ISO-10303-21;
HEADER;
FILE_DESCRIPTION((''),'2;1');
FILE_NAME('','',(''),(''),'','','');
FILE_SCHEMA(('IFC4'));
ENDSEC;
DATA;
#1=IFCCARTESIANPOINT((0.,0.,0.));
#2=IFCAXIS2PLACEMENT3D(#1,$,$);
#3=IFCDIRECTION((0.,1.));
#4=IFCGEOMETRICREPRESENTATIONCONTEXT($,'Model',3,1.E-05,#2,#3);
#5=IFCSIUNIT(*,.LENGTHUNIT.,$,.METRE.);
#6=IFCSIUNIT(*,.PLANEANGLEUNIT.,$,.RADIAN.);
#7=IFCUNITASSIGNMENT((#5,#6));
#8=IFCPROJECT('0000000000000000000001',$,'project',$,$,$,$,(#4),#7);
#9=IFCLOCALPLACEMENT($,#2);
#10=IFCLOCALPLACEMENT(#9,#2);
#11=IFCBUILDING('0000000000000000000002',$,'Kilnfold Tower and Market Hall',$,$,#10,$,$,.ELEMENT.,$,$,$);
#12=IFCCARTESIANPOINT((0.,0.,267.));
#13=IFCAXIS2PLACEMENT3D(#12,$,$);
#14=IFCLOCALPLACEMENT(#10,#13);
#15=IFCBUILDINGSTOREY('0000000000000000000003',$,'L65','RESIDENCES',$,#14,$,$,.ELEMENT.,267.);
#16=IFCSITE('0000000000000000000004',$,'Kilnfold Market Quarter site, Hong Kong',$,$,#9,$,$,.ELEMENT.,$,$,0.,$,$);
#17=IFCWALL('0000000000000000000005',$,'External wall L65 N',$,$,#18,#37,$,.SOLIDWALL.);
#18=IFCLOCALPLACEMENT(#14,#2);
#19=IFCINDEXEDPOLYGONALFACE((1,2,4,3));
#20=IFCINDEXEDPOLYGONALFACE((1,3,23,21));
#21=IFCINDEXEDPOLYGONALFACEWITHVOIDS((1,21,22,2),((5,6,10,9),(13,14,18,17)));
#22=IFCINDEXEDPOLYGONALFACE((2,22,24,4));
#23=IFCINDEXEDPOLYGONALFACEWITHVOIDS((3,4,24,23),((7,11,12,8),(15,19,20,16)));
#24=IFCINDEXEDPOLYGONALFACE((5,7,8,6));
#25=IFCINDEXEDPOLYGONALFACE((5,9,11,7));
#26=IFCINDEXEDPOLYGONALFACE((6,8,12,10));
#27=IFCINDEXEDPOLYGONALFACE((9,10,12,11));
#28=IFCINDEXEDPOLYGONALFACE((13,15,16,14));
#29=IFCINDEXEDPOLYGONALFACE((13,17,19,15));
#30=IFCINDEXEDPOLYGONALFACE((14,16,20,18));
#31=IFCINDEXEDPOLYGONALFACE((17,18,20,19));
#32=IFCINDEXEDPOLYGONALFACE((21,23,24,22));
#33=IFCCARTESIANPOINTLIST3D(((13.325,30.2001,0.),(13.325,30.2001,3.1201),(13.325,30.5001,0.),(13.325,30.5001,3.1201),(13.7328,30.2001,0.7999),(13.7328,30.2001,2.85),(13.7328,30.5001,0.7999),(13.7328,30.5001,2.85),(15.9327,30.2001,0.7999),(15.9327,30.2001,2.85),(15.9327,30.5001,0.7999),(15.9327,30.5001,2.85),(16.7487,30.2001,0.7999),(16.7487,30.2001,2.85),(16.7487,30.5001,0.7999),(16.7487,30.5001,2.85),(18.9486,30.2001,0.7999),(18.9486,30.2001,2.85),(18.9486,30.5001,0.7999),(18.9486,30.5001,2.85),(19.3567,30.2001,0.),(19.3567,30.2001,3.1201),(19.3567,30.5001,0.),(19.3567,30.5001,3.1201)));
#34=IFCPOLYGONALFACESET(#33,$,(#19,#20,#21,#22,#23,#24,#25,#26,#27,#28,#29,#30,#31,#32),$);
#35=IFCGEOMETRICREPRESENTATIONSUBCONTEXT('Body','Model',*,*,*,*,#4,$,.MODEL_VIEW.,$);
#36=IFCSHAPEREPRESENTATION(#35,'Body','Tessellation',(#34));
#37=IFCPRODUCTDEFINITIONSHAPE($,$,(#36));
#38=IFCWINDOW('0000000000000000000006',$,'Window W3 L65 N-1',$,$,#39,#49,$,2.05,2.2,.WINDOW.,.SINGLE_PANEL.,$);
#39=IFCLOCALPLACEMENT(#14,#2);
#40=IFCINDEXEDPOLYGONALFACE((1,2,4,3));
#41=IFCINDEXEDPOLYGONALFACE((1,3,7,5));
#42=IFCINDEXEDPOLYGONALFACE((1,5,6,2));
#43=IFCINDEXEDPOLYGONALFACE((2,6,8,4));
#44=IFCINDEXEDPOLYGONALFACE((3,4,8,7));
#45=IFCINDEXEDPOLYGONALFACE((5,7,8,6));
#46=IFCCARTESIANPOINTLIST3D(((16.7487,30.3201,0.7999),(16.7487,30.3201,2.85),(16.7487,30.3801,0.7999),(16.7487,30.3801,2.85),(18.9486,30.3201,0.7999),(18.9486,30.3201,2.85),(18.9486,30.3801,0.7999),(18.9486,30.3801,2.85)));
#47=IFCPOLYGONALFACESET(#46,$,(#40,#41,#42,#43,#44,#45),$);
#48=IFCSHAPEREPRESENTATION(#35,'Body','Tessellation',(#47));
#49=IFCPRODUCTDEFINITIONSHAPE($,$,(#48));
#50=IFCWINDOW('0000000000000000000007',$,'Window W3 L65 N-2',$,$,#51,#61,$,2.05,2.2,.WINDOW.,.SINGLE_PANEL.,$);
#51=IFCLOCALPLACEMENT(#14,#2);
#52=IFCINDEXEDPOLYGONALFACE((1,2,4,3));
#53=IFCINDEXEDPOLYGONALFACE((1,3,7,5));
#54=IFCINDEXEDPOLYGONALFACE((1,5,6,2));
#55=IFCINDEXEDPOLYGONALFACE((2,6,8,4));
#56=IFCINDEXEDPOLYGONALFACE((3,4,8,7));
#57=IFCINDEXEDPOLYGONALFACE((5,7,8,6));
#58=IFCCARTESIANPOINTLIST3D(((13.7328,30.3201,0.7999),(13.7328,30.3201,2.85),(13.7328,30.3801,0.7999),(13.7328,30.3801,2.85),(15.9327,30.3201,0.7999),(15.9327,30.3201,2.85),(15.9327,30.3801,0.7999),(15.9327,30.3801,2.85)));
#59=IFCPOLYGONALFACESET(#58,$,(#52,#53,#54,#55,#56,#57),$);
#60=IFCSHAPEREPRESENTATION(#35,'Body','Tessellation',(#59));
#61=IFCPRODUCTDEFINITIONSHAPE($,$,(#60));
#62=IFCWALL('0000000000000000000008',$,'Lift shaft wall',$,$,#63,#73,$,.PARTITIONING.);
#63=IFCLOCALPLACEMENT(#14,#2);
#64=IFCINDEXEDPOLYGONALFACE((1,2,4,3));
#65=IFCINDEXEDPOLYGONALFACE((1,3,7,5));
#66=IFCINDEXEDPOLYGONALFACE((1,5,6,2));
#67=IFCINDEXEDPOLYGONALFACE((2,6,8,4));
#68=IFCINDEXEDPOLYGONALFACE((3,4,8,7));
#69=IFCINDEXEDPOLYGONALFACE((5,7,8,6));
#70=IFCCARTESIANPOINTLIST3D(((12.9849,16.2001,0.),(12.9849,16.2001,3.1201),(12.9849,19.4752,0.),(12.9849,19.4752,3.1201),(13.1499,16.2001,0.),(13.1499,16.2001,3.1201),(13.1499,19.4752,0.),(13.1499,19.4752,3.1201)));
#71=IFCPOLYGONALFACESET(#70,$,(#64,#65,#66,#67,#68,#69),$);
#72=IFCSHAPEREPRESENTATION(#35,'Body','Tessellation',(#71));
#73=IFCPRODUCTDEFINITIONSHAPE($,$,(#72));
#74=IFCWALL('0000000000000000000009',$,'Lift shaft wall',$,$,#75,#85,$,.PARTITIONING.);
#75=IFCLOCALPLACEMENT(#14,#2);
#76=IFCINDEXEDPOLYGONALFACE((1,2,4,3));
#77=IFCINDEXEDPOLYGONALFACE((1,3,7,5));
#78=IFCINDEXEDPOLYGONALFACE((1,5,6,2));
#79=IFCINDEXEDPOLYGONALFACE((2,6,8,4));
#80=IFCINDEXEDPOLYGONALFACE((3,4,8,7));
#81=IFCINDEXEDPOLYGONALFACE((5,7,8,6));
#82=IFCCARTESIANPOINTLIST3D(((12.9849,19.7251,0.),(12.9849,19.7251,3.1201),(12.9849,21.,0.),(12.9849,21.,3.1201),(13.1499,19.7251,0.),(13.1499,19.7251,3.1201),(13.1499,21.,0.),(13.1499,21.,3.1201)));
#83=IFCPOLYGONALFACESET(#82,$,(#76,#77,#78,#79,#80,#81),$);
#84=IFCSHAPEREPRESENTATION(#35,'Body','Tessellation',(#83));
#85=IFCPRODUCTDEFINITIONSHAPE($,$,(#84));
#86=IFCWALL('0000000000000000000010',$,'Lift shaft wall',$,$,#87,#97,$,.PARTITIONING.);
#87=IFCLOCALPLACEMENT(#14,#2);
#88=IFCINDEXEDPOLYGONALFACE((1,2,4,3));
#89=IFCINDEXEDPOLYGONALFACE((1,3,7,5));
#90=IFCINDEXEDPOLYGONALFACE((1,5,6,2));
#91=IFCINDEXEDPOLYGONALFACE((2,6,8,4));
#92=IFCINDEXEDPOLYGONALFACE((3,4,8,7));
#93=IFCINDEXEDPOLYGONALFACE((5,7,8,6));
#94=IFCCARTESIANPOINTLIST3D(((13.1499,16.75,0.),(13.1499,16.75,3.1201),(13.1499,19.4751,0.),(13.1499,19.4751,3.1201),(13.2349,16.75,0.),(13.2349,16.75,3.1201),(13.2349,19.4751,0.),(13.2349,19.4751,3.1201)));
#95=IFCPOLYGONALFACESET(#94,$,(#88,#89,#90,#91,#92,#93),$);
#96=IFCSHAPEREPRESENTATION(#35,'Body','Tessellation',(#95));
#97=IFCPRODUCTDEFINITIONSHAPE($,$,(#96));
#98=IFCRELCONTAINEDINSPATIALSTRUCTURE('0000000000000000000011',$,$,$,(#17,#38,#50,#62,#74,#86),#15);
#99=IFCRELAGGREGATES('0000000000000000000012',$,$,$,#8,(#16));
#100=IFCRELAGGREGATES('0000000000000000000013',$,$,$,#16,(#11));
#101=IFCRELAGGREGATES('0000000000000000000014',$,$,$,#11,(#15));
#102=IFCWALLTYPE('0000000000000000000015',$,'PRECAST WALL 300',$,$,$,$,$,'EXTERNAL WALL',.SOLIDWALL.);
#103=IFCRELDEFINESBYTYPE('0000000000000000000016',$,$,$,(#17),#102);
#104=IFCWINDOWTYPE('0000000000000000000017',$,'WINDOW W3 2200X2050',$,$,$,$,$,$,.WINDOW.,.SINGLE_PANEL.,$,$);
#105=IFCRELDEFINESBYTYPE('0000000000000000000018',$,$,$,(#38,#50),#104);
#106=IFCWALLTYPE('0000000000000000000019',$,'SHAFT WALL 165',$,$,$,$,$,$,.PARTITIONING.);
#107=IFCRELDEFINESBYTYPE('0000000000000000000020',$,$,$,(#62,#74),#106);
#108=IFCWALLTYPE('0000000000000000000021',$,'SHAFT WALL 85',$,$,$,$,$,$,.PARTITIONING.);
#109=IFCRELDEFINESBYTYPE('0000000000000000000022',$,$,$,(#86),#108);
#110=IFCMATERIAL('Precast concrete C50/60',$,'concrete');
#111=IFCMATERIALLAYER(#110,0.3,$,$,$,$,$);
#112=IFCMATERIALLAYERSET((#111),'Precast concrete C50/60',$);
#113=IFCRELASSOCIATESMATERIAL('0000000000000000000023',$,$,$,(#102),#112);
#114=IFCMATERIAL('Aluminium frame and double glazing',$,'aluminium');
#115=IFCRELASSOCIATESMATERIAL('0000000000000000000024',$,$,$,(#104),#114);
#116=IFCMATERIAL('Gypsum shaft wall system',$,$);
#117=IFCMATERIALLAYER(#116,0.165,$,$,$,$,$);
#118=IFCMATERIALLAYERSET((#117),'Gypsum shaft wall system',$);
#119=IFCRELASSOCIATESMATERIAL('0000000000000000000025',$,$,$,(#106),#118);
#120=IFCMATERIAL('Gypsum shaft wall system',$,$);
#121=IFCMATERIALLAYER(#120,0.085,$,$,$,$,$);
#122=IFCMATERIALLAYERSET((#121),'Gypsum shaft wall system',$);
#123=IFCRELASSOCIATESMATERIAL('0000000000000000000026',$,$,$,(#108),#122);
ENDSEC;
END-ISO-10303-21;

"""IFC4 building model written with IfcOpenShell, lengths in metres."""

from ifc_helpers import new_model, si_unit, direction, frame, frame_2d, origin, place, context, subcontext, project, spatial, rectangle, extrude, source, transform, mapped, material, layer, layer_set, type_object, element, fill, save


model = new_model("IFC4")

# Units and contexts
model_context = context("Model", 3, precision=1e-05, world=origin(), true_north=direction((0.0, 1.0)))
body_context = subcontext(model_context, "Body", "Model", "MODEL_VIEW")
ifc_project = project(units=[si_unit("LENGTHUNIT", "METRE"), si_unit("PLANEANGLEUNIT", "RADIAN")], contexts=[model_context])

# Site, building, storey
site_placement = place(None, origin())
site = spatial("IfcSite", under=ifc_project, at=site_placement, Name="Kilnfold Market Quarter site, Hong Kong", CompositionType="ELEMENT", RefElevation=0.0)
building_placement = place(site_placement, origin())
building = spatial("IfcBuilding", under=site, at=building_placement, Name="Kilnfold Tower and Market Hall", CompositionType="ELEMENT")
storey_placement = place(building_placement, frame((0.0, 0.0, 267.0)))
storey = spatial("IfcBuildingStorey", under=building, at=storey_placement, Name="L65", Description="RESIDENCES", CompositionType="ELEMENT", Elevation=267.0)

# Shared definitions
ifc_material_1 = material(Name="Precast concrete C50/60", Category="concrete")
ifc_layer_1 = layer(ifc_material_1, 0.3)
ifc_layer_set_1 = layer_set([ifc_layer_1], Name="Precast concrete C50/60")
wall_type_1 = type_object("IfcWallType", Name="PRECAST WALL 300", ElementType="EXTERNAL WALL", PredefinedType="SOLIDWALL", material=ifc_layer_set_1)
ifc_material_2 = material(Name="Aluminium frame and double glazing", Category="aluminium")
window_type_1 = type_object("IfcWindowType", Name="WINDOW W3 2200X2050", PartitioningType="SINGLE_PANEL", PredefinedType="WINDOW", material=ifc_material_2)

# Wall, openings, windows
shared_shape_1 = source(origin(), body_context, "Body", "SweptSolid", [
    extrude(rectangle(XDim=6.0317, YDim=0.3, at=frame_2d((3.0159, 0.0))), origin(), (0.0, 0.0, 1.0), 3.1201),
])
wall_1_placement = place(storey_placement, frame((19.3567, 30.3501, 0.0), z_axis=(0.0, 0.0, 1.0), x_axis=(-1.0, 0.0, 0.0)))
wall_1 = element("IfcWall", 1, at=wall_1_placement, inside=storey, type_object=wall_type_1, Name="External wall L65 N", PredefinedType="SOLIDWALL", context=body_context, shape_type="MappedRepresentation", body=[
    mapped(shared_shape_1, transform((0.0, 0.0, 0.0))),
])
opening_1_placement = place(wall_1_placement, frame((0.408, 0.0, 0.8)))
opening_1 = element("IfcOpeningElement", 2, at=opening_1_placement, cuts=wall_1, PredefinedType="OPENING", context=body_context, shape_type="SweptSolid", body=[
    extrude(rectangle(XDim=2.2, YDim=2.05, at=frame_2d((1.1001, 1.0249))), frame((0.0, 0.1602, 0.0), z_axis=(0.0, -1.0, 0.0), x_axis=(1.0, 0.0, 0.0)), (0.0, 0.0, 1.0), 0.3201),
])
opening_2_placement = place(wall_1_placement, frame((3.4238, 0.0, 0.8)))
opening_2 = element("IfcOpeningElement", 3, at=opening_2_placement, cuts=wall_1, PredefinedType="OPENING", context=body_context, shape_type="SweptSolid", body=[
    extrude(rectangle(XDim=2.2, YDim=2.05, at=frame_2d((1.1001, 1.0249))), frame((0.0, 0.1602, 0.0), z_axis=(0.0, -1.0, 0.0), x_axis=(1.0, 0.0, 0.0)), (0.0, 0.0, 1.0), 0.3201),
])
window_1_placement = place(opening_1_placement, origin())
window_1 = element("IfcWindow", 4, at=window_1_placement, inside=storey, type_object=window_type_1, Name="Window W3 L65 N-1", OverallHeight=2.05, OverallWidth=2.2, PartitioningType="SINGLE_PANEL", PredefinedType="WINDOW", context=body_context, shape_type="SweptSolid", body=[
    extrude(rectangle(XDim=2.2, YDim=2.05, at=frame_2d((1.1001, 1.0249))), frame((0.0, 0.03, 0.0), z_axis=(0.0, -1.0, 0.0), x_axis=(1.0, 0.0, 0.0)), (0.0, 0.0, 1.0), 0.0601),
])
fill(opening_1, window_1)
window_2_placement = place(opening_2_placement, origin())
window_2 = element("IfcWindow", 5, at=window_2_placement, inside=storey, type_object=window_type_1, Name="Window W3 L65 N-2", OverallHeight=2.05, OverallWidth=2.2, PartitioningType="SINGLE_PANEL", PredefinedType="WINDOW", context=body_context, shape_type="SweptSolid", body=[
    extrude(rectangle(XDim=2.2, YDim=2.05, at=frame_2d((1.1001, 1.0249))), frame((0.0, 0.03, 0.0), z_axis=(0.0, -1.0, 0.0), x_axis=(1.0, 0.0, 0.0)), (0.0, 0.0, 1.0), 0.0601),
])
fill(opening_2, window_2)

# Walls
ifc_material_3 = material(Name="Gypsum shaft wall system")
ifc_layer_2 = layer(ifc_material_3, 0.165)
ifc_layer_set_2 = layer_set([ifc_layer_2], Name="Gypsum shaft wall system")
wall_type_2 = type_object("IfcWallType", Name="SHAFT WALL 165", PredefinedType="PARTITIONING", material=ifc_layer_set_2)
shared_shape_2 = source(origin(), body_context, "Body", "SweptSolid", [
    extrude(rectangle(XDim=3.2751, YDim=0.165, at=frame_2d((1.6377, 0.0))), origin(), (0.0, 0.0, 1.0), 3.1201),
])
wall_2_placement = place(storey_placement, frame((13.0674, 16.2, 0.0), z_axis=(0.0, 0.0, 1.0), x_axis=(0.0, 1.0, 0.0)))
element("IfcWall", 6, at=wall_2_placement, inside=storey, type_object=wall_type_2, Name="Lift shaft wall", PredefinedType="PARTITIONING", context=body_context, shape_type="MappedRepresentation", body=[
    mapped(shared_shape_2, transform((0.0, 0.0, 0.0))),
])
shared_shape_3 = source(origin(), body_context, "Body", "SweptSolid", [
    extrude(rectangle(XDim=1.2749, YDim=0.165, at=frame_2d((0.6375, 0.0))), origin(), (0.0, 0.0, 1.0), 3.1201),
])
wall_3_placement = place(storey_placement, frame((13.0674, 19.7251, 0.0), z_axis=(0.0, 0.0, 1.0), x_axis=(0.0, 1.0, 0.0)))
element("IfcWall", 7, at=wall_3_placement, inside=storey, type_object=wall_type_2, Name="Lift shaft wall", PredefinedType="PARTITIONING", context=body_context, shape_type="MappedRepresentation", body=[
    mapped(shared_shape_3, transform((0.0, 0.0, 0.0))),
])
ifc_material_4 = material(Name="Gypsum shaft wall system")
ifc_layer_3 = layer(ifc_material_4, 0.085)
ifc_layer_set_3 = layer_set([ifc_layer_3], Name="Gypsum shaft wall system")
wall_type_3 = type_object("IfcWallType", Name="SHAFT WALL 85", PredefinedType="PARTITIONING", material=ifc_layer_set_3)
shared_shape_4 = source(origin(), body_context, "Body", "SweptSolid", [
    extrude(rectangle(XDim=2.7251, YDim=0.085, at=frame_2d((1.3625, 0.0))), origin(), (0.0, 0.0, 1.0), 3.1201),
])
wall_4_placement = place(storey_placement, frame((13.1924, 16.75, 0.0), z_axis=(0.0, 0.0, 1.0), x_axis=(0.0, 1.0, 0.0)))
element("IfcWall", 8, at=wall_4_placement, inside=storey, type_object=wall_type_3, Name="Lift shaft wall", PredefinedType="PARTITIONING", context=body_context, shape_type="MappedRepresentation", body=[
    mapped(shared_shape_4, transform((0.0, 0.0, 0.0))),
])

save(model, "model.ifc")
